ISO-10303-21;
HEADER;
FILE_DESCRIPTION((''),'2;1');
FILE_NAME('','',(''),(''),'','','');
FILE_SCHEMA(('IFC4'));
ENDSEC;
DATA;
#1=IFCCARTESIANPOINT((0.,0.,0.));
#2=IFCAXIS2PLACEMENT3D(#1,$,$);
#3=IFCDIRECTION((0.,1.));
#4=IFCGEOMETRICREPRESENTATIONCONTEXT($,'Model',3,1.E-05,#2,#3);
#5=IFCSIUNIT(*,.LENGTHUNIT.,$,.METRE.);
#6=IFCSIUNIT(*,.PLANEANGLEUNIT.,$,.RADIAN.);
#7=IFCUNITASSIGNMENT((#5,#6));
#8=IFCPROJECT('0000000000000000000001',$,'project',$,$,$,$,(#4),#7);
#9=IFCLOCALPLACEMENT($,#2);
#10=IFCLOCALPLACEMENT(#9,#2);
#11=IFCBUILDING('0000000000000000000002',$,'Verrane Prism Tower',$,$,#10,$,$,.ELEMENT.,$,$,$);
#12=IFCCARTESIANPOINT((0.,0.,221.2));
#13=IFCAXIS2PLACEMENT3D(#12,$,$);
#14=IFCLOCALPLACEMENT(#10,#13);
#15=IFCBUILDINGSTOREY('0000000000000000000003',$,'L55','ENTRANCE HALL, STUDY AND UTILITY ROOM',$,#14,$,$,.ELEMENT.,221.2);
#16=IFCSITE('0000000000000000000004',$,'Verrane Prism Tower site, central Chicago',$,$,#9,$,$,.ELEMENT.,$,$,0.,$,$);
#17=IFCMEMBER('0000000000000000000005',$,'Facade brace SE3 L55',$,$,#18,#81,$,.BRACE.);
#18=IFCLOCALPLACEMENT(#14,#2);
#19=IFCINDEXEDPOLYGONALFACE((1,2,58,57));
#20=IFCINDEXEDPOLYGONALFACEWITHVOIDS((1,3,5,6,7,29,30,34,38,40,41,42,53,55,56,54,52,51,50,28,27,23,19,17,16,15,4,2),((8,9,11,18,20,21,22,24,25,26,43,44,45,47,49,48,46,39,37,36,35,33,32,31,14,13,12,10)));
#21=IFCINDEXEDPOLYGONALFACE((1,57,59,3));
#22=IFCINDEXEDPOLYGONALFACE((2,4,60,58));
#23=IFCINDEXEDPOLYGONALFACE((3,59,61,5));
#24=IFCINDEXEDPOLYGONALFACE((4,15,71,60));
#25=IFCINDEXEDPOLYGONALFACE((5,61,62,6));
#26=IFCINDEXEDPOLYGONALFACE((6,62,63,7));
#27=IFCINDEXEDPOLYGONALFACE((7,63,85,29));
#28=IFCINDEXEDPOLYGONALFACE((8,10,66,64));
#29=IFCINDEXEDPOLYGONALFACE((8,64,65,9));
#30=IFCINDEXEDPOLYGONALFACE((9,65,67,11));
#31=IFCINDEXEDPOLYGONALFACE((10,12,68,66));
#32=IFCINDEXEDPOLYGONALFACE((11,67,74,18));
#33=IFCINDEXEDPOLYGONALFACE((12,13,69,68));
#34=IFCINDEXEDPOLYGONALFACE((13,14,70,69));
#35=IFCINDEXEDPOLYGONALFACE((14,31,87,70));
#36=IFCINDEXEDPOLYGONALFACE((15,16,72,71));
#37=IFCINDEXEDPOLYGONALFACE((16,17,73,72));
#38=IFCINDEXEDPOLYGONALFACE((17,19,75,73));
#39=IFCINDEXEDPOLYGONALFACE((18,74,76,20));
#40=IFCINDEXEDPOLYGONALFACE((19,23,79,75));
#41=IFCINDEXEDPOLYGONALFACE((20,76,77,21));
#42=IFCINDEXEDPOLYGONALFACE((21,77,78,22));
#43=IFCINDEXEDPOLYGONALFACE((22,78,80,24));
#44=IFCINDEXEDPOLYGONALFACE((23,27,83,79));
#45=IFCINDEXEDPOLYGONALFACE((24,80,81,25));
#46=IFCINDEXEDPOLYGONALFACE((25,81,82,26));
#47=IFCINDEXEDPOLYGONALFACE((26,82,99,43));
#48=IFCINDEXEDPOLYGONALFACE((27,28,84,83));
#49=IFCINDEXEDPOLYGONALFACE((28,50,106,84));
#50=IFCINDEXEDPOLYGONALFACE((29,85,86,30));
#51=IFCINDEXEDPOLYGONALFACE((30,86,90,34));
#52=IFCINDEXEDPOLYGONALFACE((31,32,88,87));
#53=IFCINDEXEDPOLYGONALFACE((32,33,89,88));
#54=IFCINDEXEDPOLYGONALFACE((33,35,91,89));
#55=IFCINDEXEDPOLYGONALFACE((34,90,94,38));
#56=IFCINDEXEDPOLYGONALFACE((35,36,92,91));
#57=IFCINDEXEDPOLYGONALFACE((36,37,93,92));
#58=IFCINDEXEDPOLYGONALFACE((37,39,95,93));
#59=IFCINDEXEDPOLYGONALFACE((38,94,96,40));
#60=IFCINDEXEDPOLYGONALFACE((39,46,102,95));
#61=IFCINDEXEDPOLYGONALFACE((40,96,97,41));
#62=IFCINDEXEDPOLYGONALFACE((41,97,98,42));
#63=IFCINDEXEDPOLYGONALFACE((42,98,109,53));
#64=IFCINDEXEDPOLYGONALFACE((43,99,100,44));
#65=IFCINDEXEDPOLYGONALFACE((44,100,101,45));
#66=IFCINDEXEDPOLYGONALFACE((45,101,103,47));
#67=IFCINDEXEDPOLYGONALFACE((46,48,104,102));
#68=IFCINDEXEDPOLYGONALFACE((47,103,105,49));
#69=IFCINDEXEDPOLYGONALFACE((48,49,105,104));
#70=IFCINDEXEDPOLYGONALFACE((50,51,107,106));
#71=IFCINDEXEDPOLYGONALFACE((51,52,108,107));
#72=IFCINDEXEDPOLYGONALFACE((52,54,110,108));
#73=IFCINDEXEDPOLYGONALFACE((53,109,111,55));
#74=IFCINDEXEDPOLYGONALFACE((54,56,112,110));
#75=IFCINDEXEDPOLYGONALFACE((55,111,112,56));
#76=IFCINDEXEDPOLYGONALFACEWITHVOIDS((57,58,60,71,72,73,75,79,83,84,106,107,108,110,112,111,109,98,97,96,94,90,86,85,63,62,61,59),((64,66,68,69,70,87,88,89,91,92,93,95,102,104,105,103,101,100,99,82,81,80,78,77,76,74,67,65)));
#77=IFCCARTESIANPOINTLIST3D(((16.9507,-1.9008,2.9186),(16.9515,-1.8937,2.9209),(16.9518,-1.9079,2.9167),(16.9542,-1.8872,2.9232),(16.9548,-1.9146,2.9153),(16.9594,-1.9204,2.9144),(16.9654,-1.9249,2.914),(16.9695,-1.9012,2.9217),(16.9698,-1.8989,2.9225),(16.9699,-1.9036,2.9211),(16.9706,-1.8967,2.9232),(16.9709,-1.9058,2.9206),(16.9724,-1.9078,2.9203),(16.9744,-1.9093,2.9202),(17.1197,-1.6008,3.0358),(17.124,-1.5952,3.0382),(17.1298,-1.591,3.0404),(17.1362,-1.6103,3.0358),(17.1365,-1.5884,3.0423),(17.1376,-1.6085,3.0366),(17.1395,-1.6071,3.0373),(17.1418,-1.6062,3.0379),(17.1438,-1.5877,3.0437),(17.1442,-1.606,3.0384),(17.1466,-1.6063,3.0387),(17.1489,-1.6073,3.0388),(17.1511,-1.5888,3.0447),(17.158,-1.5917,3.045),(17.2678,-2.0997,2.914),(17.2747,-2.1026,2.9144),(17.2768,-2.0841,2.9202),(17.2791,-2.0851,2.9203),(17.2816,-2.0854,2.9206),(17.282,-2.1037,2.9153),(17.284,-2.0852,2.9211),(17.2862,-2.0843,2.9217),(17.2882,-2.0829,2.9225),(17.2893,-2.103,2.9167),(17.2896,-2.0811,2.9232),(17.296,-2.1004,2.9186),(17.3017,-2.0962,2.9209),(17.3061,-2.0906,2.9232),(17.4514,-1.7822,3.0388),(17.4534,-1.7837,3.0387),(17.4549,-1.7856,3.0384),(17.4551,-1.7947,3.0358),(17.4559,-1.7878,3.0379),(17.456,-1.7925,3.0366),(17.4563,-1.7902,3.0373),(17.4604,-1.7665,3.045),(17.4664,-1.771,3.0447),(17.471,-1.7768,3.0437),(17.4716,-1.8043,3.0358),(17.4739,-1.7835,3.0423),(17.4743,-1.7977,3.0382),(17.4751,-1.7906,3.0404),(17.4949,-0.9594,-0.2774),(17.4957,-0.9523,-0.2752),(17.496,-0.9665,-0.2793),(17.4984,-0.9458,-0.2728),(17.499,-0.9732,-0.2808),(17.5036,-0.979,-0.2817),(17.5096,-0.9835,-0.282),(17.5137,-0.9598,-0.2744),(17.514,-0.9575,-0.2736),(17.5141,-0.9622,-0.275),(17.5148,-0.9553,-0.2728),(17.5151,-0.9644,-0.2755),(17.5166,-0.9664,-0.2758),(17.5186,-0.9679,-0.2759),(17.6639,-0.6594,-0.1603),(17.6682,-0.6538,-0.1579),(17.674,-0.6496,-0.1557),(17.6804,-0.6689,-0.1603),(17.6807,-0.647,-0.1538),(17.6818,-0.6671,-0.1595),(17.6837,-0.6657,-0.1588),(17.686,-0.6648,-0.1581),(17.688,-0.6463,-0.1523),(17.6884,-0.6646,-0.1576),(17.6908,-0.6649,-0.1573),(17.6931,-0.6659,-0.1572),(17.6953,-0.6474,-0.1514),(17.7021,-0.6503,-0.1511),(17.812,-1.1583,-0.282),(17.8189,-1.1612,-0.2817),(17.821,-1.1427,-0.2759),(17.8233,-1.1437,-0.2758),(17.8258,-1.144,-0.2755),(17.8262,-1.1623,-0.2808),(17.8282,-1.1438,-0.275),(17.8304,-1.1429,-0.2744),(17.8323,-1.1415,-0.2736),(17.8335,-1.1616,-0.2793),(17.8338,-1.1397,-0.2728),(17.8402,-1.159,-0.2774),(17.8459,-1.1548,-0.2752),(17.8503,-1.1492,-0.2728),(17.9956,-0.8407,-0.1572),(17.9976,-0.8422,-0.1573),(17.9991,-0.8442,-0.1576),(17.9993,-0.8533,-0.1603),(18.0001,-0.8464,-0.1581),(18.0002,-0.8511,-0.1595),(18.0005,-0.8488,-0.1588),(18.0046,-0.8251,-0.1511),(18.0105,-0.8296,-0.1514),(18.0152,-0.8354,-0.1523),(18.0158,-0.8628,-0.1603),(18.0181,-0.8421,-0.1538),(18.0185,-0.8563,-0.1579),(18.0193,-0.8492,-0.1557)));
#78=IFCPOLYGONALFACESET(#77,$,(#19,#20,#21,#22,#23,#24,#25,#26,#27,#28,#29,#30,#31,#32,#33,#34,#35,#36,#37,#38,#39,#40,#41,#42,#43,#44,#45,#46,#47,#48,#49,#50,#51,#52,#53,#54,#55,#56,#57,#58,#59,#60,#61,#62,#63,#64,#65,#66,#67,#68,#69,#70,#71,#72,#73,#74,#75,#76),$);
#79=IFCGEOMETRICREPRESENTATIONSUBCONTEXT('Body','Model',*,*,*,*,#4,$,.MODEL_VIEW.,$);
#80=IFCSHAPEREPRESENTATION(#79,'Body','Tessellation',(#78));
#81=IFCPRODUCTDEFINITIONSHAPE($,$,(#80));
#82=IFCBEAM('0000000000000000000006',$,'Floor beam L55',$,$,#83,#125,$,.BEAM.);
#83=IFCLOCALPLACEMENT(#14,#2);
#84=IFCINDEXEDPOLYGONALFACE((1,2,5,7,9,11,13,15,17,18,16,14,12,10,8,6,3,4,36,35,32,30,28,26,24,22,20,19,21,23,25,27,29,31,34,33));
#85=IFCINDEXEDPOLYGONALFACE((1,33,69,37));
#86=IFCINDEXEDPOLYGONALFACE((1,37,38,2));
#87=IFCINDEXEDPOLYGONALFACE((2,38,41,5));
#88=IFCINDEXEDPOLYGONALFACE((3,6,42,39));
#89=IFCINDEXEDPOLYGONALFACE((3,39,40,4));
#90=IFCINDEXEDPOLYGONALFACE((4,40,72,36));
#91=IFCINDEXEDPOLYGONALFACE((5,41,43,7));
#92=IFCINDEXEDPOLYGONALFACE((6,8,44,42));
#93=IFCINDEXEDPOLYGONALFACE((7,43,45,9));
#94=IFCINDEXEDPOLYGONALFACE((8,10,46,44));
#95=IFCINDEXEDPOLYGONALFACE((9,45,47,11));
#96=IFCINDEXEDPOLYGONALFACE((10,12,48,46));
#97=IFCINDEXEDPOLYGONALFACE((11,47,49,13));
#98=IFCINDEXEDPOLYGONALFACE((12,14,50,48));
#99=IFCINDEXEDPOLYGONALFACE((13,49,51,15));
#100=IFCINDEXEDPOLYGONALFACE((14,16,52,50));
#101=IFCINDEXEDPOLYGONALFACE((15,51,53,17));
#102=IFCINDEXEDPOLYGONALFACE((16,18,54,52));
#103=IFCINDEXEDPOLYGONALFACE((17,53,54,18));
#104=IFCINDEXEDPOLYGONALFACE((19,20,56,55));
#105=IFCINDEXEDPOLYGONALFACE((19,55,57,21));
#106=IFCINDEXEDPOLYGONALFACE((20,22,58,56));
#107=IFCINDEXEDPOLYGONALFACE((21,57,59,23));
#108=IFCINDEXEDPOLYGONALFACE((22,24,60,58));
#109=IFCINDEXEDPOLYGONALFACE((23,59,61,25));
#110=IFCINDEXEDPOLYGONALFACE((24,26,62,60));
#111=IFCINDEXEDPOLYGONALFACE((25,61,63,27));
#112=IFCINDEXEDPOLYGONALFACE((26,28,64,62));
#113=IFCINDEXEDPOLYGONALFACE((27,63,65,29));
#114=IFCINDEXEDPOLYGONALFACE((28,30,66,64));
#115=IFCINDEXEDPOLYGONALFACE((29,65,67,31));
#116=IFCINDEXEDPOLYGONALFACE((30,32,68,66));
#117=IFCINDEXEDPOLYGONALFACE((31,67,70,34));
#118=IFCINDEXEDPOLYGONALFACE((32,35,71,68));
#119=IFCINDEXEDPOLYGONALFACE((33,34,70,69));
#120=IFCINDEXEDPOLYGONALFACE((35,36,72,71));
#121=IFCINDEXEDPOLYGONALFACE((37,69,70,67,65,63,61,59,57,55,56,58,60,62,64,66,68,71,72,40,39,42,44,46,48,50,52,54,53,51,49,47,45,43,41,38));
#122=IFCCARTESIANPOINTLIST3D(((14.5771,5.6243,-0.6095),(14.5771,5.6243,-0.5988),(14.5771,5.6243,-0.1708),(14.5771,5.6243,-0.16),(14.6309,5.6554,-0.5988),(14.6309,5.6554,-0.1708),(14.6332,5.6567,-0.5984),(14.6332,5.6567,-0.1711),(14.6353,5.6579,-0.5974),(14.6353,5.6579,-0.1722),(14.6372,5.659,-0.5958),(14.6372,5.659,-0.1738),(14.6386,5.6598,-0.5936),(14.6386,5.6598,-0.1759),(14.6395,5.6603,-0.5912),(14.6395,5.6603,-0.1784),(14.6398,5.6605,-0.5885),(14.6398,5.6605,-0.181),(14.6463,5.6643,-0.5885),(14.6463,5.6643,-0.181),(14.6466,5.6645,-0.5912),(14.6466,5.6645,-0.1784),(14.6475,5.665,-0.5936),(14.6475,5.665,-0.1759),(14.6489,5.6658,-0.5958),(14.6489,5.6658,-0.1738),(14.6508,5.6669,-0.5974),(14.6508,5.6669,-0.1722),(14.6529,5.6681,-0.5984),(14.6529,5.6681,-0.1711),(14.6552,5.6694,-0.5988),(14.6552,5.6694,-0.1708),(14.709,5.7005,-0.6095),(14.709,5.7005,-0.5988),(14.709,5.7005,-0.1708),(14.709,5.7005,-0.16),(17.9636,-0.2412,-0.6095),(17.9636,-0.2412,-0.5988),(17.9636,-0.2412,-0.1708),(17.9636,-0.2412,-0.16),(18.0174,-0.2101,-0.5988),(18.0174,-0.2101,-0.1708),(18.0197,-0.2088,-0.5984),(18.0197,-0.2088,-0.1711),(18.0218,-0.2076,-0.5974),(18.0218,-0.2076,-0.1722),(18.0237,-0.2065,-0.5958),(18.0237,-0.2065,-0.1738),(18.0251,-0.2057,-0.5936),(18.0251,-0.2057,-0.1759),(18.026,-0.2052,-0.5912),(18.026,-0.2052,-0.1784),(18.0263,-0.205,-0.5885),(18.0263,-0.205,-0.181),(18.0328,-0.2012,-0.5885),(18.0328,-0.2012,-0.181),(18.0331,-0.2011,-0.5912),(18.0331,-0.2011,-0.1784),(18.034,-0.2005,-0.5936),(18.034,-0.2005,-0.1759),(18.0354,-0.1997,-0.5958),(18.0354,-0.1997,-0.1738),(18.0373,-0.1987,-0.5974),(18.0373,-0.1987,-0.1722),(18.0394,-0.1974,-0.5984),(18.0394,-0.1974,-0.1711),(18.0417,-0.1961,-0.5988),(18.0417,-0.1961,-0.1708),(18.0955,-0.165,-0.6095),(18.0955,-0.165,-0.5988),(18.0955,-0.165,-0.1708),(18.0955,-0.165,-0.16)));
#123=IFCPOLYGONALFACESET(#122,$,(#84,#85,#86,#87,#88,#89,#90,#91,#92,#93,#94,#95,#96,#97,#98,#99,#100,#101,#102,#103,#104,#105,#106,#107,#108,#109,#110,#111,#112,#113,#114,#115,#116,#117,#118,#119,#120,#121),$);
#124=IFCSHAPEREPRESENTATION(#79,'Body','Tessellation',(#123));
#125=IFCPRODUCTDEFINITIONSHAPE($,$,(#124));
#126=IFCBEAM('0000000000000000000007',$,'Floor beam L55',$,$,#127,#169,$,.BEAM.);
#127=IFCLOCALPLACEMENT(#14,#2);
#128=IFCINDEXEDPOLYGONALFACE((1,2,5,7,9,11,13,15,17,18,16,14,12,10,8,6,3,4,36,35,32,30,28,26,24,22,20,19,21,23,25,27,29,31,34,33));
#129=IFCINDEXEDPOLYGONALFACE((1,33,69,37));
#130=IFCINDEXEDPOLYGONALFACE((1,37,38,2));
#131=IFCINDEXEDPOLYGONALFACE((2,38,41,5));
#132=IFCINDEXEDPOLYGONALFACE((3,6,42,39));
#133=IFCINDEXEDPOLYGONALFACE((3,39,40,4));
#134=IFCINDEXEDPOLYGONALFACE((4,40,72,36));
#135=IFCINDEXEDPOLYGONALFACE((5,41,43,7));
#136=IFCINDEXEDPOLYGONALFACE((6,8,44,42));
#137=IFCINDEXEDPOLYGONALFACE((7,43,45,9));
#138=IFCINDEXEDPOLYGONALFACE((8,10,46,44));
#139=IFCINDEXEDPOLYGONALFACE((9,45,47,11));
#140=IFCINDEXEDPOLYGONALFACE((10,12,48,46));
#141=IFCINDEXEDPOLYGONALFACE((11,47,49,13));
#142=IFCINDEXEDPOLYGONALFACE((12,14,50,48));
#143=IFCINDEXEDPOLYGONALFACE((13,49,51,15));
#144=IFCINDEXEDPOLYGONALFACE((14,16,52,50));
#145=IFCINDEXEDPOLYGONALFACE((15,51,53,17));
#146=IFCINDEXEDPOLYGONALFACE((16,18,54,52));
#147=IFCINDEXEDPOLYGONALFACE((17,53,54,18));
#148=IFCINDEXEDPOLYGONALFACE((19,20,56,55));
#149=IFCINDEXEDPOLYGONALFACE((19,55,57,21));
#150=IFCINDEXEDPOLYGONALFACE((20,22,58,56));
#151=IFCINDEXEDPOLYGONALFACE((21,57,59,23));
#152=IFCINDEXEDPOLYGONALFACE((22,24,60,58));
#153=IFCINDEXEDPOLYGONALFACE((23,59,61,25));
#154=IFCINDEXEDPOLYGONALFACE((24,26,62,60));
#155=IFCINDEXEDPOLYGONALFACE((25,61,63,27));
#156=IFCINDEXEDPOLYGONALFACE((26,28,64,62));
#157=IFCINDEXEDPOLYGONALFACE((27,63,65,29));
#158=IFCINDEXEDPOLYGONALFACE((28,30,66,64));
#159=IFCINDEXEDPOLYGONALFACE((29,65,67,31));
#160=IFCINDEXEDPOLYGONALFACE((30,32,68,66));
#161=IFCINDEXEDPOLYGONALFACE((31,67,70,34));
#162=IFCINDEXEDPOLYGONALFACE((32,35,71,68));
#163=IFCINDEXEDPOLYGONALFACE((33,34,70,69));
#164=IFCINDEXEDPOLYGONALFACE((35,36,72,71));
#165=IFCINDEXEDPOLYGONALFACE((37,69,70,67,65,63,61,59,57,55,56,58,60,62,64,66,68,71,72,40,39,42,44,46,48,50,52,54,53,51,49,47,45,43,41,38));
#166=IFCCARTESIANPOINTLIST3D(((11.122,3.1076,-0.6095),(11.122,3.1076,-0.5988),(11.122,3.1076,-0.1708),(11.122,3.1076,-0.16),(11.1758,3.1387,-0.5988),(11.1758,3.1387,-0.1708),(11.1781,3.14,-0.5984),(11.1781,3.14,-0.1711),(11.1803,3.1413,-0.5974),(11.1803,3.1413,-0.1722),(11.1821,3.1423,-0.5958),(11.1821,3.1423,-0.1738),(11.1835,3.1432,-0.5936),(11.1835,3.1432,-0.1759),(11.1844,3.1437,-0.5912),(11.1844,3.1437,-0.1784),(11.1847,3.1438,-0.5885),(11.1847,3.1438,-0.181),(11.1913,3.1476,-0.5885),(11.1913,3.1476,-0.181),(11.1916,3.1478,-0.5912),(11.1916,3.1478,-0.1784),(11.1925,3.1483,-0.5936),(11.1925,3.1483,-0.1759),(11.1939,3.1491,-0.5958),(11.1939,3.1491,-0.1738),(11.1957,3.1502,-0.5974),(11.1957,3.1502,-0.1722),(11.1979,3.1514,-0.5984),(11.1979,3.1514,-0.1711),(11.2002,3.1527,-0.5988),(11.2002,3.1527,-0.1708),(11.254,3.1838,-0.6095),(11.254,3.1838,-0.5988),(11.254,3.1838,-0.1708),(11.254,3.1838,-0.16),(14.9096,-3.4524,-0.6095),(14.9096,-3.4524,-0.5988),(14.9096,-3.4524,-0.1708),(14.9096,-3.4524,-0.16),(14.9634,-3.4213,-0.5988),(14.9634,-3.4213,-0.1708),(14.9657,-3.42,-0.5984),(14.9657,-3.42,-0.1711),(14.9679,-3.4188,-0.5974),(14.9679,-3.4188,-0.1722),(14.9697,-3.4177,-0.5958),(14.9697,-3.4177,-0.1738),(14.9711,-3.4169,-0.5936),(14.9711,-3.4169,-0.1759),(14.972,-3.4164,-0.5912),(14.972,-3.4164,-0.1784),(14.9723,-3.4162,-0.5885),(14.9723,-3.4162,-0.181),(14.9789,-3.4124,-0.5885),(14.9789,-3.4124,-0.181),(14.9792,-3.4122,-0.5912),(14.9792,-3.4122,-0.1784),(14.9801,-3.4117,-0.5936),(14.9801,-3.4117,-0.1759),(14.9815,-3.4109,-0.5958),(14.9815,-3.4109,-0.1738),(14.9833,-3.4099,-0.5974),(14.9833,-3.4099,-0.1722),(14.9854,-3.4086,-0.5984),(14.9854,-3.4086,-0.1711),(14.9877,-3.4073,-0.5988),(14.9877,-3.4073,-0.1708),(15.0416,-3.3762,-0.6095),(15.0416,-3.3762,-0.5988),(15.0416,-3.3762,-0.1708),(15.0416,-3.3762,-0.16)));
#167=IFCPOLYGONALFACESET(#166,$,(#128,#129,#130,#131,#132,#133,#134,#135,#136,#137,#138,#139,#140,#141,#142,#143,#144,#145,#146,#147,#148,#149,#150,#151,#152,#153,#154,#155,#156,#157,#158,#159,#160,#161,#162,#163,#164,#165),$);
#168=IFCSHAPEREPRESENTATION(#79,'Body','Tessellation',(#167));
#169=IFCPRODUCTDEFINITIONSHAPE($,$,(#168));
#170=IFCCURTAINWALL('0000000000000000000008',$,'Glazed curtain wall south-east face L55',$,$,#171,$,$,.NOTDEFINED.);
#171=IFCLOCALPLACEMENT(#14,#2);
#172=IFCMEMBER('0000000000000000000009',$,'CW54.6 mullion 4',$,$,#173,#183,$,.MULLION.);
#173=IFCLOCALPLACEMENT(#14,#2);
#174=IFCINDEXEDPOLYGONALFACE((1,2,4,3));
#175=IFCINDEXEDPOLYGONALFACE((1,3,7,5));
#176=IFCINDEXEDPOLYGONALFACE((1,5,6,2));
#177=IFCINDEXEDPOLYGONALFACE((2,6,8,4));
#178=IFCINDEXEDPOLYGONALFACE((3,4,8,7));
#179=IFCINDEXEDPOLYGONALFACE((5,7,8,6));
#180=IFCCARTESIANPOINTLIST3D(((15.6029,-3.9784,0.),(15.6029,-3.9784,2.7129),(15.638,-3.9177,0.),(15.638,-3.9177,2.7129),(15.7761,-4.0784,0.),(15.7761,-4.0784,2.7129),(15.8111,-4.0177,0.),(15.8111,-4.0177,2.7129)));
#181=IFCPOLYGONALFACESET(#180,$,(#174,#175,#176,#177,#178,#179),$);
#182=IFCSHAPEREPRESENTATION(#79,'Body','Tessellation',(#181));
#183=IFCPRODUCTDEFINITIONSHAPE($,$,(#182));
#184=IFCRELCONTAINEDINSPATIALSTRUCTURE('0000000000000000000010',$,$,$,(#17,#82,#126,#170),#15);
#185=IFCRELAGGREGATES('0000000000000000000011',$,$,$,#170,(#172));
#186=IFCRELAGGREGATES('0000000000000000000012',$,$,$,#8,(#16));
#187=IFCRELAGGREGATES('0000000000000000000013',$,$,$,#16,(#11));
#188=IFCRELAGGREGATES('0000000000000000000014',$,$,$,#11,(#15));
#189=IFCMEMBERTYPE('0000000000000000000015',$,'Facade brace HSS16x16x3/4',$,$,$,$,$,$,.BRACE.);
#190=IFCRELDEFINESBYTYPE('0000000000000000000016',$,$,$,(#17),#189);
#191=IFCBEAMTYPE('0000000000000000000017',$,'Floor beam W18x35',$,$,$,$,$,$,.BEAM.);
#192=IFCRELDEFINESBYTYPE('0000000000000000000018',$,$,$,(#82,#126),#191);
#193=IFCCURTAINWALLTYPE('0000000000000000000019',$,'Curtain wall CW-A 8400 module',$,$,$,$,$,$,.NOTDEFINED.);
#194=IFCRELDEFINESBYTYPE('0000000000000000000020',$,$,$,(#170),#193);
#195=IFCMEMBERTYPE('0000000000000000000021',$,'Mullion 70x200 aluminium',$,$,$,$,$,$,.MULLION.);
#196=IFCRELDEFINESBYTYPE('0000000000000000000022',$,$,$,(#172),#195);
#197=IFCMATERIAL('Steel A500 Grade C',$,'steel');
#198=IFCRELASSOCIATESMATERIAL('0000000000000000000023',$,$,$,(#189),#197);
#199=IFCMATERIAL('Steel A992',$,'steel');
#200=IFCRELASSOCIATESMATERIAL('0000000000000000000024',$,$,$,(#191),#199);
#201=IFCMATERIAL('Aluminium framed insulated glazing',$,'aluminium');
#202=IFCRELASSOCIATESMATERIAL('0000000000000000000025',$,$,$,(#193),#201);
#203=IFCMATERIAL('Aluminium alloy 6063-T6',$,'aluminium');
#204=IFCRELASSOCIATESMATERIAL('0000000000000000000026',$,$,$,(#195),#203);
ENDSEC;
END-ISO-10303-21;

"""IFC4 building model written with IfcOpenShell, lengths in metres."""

from ifc_helpers import new_model, si_unit, direction, frame, origin, origin_2d, place, context, subcontext, project, spatial, rectangle, hollow_rectangle, i_section, extrude, material, material_profile, profile_set, type_object, element, aggregate, save


model = new_model("IFC4")

# Units and contexts
model_context = context("Model", 3, precision=1e-05, world=origin(), true_north=direction((0.0, 1.0)))
body_context = subcontext(model_context, "Body", "Model", "MODEL_VIEW")
ifc_project = project(units=[si_unit("LENGTHUNIT", "METRE"), si_unit("PLANEANGLEUNIT", "RADIAN")], contexts=[model_context])

# Site, building, storey
site_placement = place(None, origin())
site = spatial("IfcSite", under=ifc_project, at=site_placement, Name="Verrane Prism Tower site, central Chicago", CompositionType="ELEMENT", RefElevation=0.0)
building_placement = place(site_placement, origin())
building = spatial("IfcBuilding", under=site, at=building_placement, Name="Verrane Prism Tower", CompositionType="ELEMENT")
storey_placement = place(building_placement, frame((0.0, 0.0, 221.2)))
storey = spatial("IfcBuildingStorey", under=building, at=storey_placement, Name="L55", Description="ENTRANCE HALL, STUDY AND UTILITY ROOM", CompositionType="ELEMENT", Elevation=221.2)

# Member
ifc_material_1 = material(Name="Steel A500 Grade C", Category="steel")
ifc_material_profile_1 = material_profile(ifc_material_1, hollow_rectangle(XDim=0.4065, YDim=0.4065, WallThickness=0.019, InnerFilletRadius=0.0095, OuterFilletRadius=0.0286, at=origin_2d()), Name="HSS16x16x3/4")
ifc_profile_set_1 = profile_set([ifc_material_profile_1], Name="Steel A500 Grade C")
member_type_1 = type_object("IfcMemberType", Name="Facade brace HSS16x16x3/4", PredefinedType="BRACE", material=ifc_profile_set_1)
member_1_placement = place(storey_placement, frame((17.7571, -0.9043, -0.2166), z_axis=(-0.161196, -0.278856, 0.946708), x_axis=(0.865759, -0.500461, 0.0)))
element("IfcMember", 1, at=member_1_placement, inside=storey, type_object=member_type_1, Name="Facade brace SE3 L55", PredefinedType="BRACE", context=body_context, shape_type="SweptSolid", body=[
    extrude(hollow_rectangle(XDim=0.4065, YDim=0.4065, WallThickness=0.019, InnerFilletRadius=0.0095, OuterFilletRadius=0.0286, at=origin_2d()), origin(), (0.0, 0.0, 1.0), 3.376),
])

# Beams
ifc_material_2 = material(Name="Steel A992", Category="steel")
ifc_material_profile_2 = material_profile(ifc_material_2, i_section(OverallWidth=0.1523, OverallDepth=0.4495, WebThickness=0.0076, FlangeThickness=0.0107, FilletRadius=0.0103, at=origin_2d()), Name="W18x35")
ifc_profile_set_2 = profile_set([ifc_material_profile_2], Name="Steel A992")
beam_type_1 = type_object("IfcBeamType", Name="Floor beam W18x35", PredefinedType="BEAM", material=ifc_profile_set_2)
beam_1_placement = place(storey_placement, frame((18.0295, -0.2031, -0.3848), z_axis=(-0.500004, 0.866023, 0.0), x_axis=(-0.866023, -0.500004, 0.0)))
element("IfcBeam", 2, at=beam_1_placement, inside=storey, type_object=beam_type_1, Name="Floor beam L55", PredefinedType="BEAM", context=body_context, shape_type="SweptSolid", body=[
    extrude(i_section(OverallWidth=0.1523, OverallDepth=0.4495, WebThickness=0.0076, FlangeThickness=0.0107, FilletRadius=0.0103, at=origin_2d()), origin(), (0.0, 0.0, 1.0), 6.7729),
])
beam_2_placement = place(storey_placement, frame((14.9756, -3.4143, -0.3848), z_axis=(-0.500014, 0.866017, 0.0), x_axis=(-0.866017, -0.500014, 0.0)))
element("IfcBeam", 3, at=beam_2_placement, inside=storey, type_object=beam_type_1, Name="Floor beam L55", PredefinedType="BEAM", context=body_context, shape_type="SweptSolid", body=[
    extrude(i_section(OverallWidth=0.1523, OverallDepth=0.4495, WebThickness=0.0076, FlangeThickness=0.0107, FilletRadius=0.0103, at=origin_2d()), origin(), (0.0, 0.0, 1.0), 7.575),
])

# Curtain wall, member
ifc_material_3 = material(Name="Aluminium framed insulated glazing", Category="aluminium")
curtain_wall_type = type_object("IfcCurtainWallType", Name="Curtain wall CW-A 8400 module", PredefinedType="NOTDEFINED", material=ifc_material_3)
curtain_wall_placement = place(storey_placement, origin())
curtain_wall = element("IfcCurtainWall", 4, at=curtain_wall_placement, inside=storey, type_object=curtain_wall_type, Name="Glazed curtain wall south-east face L55", PredefinedType="NOTDEFINED")
ifc_material_4 = material(Name="Aluminium alloy 6063-T6", Category="aluminium")
ifc_material_profile_3 = material_profile(ifc_material_4, rectangle(XDim=0.2, YDim=0.0701, at=origin_2d()), Name="Mullion 70x200 aluminium")
ifc_profile_set_3 = profile_set([ifc_material_profile_3], Name="Aluminium alloy 6063-T6")
member_type_2 = type_object("IfcMemberType", Name="Mullion 70x200 aluminium", PredefinedType="MULLION", material=ifc_profile_set_3)
member_2_placement = place(storey_placement, frame((15.707, -3.998, 0.0), z_axis=(0.0, 0.0, 1.0), x_axis=(-0.866025, 0.500001, 0.0)))
member_2 = element("IfcMember", 5, at=member_2_placement, type_object=member_type_2, Name="CW54.6 mullion 4", PredefinedType="MULLION", context=body_context, shape_type="SweptSolid", body=[
    extrude(rectangle(XDim=0.2, YDim=0.0701, at=origin_2d()), origin(), (0.0, 0.0, 1.0), 2.7129),
])

aggregate(curtain_wall, [member_2])

save(model, "model.ifc")
